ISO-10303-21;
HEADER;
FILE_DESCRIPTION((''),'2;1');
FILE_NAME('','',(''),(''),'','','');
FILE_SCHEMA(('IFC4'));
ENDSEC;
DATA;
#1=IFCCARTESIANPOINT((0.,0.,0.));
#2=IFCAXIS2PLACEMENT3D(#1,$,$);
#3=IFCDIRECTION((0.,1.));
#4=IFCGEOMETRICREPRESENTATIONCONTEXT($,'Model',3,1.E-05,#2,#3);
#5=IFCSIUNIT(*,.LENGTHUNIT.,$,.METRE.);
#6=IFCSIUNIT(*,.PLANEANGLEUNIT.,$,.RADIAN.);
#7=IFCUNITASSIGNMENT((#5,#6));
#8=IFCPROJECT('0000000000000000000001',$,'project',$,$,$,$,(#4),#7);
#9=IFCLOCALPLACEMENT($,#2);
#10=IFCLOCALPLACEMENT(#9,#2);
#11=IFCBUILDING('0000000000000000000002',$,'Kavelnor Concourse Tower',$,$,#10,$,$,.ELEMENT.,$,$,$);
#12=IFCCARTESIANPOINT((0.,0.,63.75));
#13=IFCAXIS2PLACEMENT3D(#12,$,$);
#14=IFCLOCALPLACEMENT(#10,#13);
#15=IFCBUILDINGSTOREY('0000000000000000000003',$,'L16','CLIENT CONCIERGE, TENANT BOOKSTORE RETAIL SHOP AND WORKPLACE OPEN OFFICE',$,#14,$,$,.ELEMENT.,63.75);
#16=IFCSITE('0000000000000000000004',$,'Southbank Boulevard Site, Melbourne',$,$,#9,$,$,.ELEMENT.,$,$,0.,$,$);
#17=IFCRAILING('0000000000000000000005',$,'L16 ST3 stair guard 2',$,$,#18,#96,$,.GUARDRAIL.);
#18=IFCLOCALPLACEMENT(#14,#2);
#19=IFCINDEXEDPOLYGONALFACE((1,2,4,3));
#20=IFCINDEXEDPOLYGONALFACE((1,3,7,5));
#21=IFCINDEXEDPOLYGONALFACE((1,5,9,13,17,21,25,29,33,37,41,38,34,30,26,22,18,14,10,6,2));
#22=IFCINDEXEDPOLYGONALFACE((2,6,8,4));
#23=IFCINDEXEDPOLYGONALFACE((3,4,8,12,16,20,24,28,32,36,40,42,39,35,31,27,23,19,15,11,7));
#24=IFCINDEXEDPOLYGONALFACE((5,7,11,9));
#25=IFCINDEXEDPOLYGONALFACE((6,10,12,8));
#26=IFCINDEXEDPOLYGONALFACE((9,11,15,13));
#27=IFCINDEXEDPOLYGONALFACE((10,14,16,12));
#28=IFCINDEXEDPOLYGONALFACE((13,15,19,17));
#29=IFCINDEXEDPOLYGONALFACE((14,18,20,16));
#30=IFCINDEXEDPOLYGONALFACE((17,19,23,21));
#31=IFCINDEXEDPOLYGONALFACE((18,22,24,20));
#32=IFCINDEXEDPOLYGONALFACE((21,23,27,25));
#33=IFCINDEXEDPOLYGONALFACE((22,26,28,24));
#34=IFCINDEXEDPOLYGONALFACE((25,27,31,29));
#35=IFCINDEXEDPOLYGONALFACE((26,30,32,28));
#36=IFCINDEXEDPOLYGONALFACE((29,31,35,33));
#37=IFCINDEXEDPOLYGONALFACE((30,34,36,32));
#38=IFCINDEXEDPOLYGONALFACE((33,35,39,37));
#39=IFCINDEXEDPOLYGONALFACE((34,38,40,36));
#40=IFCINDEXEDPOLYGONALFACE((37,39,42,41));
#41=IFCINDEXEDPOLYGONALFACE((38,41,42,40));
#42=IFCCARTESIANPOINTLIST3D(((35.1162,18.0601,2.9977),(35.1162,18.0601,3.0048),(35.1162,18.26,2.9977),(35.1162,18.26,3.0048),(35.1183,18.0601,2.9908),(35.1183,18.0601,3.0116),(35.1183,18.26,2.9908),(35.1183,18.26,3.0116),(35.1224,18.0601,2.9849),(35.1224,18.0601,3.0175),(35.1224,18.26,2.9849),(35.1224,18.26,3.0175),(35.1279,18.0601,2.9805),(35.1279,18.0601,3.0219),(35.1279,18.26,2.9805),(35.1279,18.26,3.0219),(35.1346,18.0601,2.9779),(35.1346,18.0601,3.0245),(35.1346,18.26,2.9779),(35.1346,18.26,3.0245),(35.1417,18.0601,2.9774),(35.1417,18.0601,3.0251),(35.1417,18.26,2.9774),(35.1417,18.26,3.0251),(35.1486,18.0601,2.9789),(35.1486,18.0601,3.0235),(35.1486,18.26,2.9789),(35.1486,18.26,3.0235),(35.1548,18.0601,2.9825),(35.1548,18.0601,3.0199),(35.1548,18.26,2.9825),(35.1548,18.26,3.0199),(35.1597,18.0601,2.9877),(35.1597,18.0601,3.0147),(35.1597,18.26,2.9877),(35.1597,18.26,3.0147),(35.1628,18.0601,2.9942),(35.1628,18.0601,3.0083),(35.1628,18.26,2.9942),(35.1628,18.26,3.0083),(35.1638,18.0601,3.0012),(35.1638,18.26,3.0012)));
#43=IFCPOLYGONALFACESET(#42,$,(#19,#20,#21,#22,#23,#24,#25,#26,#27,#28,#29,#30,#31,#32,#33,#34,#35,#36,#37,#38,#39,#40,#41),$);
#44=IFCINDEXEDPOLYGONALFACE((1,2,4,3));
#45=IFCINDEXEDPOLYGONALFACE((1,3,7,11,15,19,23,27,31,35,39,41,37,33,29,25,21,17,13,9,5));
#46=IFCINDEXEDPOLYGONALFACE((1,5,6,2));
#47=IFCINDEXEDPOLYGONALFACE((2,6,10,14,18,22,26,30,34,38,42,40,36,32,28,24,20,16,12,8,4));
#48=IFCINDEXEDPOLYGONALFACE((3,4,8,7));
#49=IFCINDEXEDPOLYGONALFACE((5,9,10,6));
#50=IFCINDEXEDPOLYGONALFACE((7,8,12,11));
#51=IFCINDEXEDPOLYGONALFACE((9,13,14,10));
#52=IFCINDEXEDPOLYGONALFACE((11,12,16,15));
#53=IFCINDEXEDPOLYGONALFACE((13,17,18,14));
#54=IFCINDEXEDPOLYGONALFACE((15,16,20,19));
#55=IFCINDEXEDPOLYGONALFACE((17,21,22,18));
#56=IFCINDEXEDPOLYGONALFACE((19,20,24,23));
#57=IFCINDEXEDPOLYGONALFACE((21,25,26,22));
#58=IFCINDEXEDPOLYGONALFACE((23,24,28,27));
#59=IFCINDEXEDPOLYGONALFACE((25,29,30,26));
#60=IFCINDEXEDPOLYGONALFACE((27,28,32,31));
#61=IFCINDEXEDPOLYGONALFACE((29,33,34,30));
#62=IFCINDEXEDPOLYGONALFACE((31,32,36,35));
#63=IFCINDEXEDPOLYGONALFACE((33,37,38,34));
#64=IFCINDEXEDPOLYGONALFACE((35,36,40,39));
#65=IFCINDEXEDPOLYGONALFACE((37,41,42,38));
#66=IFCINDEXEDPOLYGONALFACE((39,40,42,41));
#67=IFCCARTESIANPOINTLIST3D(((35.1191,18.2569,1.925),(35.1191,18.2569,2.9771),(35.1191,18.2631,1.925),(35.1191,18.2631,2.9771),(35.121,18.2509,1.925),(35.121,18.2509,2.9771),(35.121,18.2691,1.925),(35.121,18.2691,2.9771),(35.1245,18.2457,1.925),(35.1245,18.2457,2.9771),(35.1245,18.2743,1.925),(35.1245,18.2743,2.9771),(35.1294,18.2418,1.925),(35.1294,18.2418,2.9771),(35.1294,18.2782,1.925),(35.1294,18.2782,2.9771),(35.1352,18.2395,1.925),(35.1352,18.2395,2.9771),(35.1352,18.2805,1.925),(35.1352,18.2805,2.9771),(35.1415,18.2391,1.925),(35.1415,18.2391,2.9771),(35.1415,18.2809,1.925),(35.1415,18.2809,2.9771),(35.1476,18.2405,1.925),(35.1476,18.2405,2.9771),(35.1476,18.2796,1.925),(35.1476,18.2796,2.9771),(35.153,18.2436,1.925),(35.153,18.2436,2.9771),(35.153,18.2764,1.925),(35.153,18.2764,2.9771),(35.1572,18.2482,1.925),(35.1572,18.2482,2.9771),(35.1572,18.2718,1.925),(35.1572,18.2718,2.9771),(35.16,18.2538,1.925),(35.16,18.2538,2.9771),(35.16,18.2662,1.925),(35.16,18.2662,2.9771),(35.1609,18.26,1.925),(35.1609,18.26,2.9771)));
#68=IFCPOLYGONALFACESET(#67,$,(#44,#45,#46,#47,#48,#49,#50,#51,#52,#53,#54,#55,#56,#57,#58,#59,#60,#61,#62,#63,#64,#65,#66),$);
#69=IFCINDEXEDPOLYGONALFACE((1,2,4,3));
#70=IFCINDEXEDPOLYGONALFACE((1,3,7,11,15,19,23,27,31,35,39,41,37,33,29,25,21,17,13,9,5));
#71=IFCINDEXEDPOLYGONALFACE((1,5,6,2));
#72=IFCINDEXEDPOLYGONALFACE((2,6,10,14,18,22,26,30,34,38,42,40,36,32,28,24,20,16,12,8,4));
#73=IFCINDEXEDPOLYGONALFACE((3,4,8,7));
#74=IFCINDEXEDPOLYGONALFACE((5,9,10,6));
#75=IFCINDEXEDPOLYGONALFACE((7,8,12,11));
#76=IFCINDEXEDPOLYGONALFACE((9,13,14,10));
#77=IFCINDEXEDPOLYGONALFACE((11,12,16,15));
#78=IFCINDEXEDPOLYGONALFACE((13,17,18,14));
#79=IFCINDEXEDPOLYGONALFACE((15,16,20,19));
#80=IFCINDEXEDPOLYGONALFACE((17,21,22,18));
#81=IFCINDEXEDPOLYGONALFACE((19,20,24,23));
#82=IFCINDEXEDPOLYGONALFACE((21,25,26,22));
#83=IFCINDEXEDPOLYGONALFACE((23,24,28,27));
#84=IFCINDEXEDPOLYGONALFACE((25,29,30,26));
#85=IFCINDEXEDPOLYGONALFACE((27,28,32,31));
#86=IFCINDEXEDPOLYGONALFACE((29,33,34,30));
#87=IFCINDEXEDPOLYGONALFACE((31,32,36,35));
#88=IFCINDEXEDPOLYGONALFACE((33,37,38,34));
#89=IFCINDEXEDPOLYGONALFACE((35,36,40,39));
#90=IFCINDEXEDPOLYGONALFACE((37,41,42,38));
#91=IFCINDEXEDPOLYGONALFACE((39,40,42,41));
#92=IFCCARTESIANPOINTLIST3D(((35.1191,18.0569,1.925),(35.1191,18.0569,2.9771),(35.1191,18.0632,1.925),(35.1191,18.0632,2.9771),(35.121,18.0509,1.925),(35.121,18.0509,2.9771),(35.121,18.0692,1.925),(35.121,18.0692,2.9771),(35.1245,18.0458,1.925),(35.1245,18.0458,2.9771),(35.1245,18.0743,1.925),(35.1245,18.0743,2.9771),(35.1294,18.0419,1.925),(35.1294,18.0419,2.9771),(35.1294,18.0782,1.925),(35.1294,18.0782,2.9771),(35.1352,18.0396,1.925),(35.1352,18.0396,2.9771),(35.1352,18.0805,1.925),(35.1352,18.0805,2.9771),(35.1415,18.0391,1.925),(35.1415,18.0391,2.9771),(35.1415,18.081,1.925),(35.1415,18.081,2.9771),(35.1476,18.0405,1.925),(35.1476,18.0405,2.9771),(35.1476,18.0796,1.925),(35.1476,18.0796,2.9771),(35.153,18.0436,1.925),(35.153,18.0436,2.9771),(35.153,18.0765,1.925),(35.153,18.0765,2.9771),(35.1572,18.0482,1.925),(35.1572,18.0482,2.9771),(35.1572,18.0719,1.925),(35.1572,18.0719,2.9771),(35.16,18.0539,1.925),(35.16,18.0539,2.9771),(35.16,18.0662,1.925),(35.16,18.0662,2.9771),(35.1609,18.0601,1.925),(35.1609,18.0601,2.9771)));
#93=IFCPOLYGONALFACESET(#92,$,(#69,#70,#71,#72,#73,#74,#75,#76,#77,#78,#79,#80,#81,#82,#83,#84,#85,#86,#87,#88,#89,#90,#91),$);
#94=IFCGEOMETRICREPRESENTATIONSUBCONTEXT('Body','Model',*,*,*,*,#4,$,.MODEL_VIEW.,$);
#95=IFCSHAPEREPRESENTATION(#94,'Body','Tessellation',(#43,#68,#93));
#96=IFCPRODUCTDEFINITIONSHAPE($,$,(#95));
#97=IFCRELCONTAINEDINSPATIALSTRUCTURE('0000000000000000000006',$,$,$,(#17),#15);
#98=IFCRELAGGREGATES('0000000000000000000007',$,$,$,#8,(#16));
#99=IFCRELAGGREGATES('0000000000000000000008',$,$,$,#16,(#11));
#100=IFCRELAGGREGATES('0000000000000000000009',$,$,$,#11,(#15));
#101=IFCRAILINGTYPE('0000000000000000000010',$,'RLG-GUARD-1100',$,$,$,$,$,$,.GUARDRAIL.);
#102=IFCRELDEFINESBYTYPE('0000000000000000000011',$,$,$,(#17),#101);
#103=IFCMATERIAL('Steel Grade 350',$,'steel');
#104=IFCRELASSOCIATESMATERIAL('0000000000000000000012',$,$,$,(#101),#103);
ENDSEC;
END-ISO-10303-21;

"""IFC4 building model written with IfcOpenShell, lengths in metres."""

from ifc_helpers import new_model, si_unit, direction, frame, origin, origin_2d, place, context, subcontext, project, spatial, circle, extrude, material, type_object, element, save


model = new_model("IFC4")

# Units and contexts
model_context = context("Model", 3, precision=1e-05, world=origin(), true_north=direction((0.0, 1.0)))
body_context = subcontext(model_context, "Body", "Model", "MODEL_VIEW")
ifc_project = project(units=[si_unit("LENGTHUNIT", "METRE"), si_unit("PLANEANGLEUNIT", "RADIAN")], contexts=[model_context])

# Site, building, storey
site_placement = place(None, origin())
site = spatial("IfcSite", under=ifc_project, at=site_placement, Name="Southbank Boulevard Site, Melbourne", CompositionType="ELEMENT", RefElevation=0.0)
building_placement = place(site_placement, origin())
building = spatial("IfcBuilding", under=site, at=building_placement, Name="Kavelnor Concourse Tower", CompositionType="ELEMENT")
storey_placement = place(building_placement, frame((0.0, 0.0, 63.75)))
storey = spatial("IfcBuildingStorey", under=building, at=storey_placement, Name="L16", Description="CLIENT CONCIERGE, TENANT BOOKSTORE RETAIL SHOP AND WORKPLACE OPEN OFFICE", CompositionType="ELEMENT", Elevation=63.75)

# Shared definitions
ifc_material_1 = material(Name="Steel Grade 350", Category="steel")

# Railing
railing_type_1 = type_object("IfcRailingType", Name="RLG-GUARD-1100", PredefinedType="GUARDRAIL", material=ifc_material_1)
railing_1_placement = place(storey_placement, frame((35.1399, 18.26, 1.925)))
element("IfcRailing", 1, at=railing_1_placement, inside=storey, type_object=railing_type_1, Name="L16 ST3 stair guard 2", PredefinedType="GUARDRAIL", context=body_context, shape_type="SweptSolid", body=[
    extrude(circle(Radius=0.0239, at=origin_2d()), frame((0.0, 0.0, 1.0762), z_axis=(0.0, -1.0, 0.0), x_axis=(1.0, 0.0, 0.0)), (0.0, 0.0, 1.0), 0.2),
    extrude(circle(Radius=0.021, at=origin_2d()), origin(), (0.0, 0.0, 1.0), 1.052),
    extrude(circle(Radius=0.021, at=origin_2d()), frame((0.0, -0.2, 0.0)), (0.0, 0.0, 1.0), 1.052),
])

save(model, "model.ifc")
